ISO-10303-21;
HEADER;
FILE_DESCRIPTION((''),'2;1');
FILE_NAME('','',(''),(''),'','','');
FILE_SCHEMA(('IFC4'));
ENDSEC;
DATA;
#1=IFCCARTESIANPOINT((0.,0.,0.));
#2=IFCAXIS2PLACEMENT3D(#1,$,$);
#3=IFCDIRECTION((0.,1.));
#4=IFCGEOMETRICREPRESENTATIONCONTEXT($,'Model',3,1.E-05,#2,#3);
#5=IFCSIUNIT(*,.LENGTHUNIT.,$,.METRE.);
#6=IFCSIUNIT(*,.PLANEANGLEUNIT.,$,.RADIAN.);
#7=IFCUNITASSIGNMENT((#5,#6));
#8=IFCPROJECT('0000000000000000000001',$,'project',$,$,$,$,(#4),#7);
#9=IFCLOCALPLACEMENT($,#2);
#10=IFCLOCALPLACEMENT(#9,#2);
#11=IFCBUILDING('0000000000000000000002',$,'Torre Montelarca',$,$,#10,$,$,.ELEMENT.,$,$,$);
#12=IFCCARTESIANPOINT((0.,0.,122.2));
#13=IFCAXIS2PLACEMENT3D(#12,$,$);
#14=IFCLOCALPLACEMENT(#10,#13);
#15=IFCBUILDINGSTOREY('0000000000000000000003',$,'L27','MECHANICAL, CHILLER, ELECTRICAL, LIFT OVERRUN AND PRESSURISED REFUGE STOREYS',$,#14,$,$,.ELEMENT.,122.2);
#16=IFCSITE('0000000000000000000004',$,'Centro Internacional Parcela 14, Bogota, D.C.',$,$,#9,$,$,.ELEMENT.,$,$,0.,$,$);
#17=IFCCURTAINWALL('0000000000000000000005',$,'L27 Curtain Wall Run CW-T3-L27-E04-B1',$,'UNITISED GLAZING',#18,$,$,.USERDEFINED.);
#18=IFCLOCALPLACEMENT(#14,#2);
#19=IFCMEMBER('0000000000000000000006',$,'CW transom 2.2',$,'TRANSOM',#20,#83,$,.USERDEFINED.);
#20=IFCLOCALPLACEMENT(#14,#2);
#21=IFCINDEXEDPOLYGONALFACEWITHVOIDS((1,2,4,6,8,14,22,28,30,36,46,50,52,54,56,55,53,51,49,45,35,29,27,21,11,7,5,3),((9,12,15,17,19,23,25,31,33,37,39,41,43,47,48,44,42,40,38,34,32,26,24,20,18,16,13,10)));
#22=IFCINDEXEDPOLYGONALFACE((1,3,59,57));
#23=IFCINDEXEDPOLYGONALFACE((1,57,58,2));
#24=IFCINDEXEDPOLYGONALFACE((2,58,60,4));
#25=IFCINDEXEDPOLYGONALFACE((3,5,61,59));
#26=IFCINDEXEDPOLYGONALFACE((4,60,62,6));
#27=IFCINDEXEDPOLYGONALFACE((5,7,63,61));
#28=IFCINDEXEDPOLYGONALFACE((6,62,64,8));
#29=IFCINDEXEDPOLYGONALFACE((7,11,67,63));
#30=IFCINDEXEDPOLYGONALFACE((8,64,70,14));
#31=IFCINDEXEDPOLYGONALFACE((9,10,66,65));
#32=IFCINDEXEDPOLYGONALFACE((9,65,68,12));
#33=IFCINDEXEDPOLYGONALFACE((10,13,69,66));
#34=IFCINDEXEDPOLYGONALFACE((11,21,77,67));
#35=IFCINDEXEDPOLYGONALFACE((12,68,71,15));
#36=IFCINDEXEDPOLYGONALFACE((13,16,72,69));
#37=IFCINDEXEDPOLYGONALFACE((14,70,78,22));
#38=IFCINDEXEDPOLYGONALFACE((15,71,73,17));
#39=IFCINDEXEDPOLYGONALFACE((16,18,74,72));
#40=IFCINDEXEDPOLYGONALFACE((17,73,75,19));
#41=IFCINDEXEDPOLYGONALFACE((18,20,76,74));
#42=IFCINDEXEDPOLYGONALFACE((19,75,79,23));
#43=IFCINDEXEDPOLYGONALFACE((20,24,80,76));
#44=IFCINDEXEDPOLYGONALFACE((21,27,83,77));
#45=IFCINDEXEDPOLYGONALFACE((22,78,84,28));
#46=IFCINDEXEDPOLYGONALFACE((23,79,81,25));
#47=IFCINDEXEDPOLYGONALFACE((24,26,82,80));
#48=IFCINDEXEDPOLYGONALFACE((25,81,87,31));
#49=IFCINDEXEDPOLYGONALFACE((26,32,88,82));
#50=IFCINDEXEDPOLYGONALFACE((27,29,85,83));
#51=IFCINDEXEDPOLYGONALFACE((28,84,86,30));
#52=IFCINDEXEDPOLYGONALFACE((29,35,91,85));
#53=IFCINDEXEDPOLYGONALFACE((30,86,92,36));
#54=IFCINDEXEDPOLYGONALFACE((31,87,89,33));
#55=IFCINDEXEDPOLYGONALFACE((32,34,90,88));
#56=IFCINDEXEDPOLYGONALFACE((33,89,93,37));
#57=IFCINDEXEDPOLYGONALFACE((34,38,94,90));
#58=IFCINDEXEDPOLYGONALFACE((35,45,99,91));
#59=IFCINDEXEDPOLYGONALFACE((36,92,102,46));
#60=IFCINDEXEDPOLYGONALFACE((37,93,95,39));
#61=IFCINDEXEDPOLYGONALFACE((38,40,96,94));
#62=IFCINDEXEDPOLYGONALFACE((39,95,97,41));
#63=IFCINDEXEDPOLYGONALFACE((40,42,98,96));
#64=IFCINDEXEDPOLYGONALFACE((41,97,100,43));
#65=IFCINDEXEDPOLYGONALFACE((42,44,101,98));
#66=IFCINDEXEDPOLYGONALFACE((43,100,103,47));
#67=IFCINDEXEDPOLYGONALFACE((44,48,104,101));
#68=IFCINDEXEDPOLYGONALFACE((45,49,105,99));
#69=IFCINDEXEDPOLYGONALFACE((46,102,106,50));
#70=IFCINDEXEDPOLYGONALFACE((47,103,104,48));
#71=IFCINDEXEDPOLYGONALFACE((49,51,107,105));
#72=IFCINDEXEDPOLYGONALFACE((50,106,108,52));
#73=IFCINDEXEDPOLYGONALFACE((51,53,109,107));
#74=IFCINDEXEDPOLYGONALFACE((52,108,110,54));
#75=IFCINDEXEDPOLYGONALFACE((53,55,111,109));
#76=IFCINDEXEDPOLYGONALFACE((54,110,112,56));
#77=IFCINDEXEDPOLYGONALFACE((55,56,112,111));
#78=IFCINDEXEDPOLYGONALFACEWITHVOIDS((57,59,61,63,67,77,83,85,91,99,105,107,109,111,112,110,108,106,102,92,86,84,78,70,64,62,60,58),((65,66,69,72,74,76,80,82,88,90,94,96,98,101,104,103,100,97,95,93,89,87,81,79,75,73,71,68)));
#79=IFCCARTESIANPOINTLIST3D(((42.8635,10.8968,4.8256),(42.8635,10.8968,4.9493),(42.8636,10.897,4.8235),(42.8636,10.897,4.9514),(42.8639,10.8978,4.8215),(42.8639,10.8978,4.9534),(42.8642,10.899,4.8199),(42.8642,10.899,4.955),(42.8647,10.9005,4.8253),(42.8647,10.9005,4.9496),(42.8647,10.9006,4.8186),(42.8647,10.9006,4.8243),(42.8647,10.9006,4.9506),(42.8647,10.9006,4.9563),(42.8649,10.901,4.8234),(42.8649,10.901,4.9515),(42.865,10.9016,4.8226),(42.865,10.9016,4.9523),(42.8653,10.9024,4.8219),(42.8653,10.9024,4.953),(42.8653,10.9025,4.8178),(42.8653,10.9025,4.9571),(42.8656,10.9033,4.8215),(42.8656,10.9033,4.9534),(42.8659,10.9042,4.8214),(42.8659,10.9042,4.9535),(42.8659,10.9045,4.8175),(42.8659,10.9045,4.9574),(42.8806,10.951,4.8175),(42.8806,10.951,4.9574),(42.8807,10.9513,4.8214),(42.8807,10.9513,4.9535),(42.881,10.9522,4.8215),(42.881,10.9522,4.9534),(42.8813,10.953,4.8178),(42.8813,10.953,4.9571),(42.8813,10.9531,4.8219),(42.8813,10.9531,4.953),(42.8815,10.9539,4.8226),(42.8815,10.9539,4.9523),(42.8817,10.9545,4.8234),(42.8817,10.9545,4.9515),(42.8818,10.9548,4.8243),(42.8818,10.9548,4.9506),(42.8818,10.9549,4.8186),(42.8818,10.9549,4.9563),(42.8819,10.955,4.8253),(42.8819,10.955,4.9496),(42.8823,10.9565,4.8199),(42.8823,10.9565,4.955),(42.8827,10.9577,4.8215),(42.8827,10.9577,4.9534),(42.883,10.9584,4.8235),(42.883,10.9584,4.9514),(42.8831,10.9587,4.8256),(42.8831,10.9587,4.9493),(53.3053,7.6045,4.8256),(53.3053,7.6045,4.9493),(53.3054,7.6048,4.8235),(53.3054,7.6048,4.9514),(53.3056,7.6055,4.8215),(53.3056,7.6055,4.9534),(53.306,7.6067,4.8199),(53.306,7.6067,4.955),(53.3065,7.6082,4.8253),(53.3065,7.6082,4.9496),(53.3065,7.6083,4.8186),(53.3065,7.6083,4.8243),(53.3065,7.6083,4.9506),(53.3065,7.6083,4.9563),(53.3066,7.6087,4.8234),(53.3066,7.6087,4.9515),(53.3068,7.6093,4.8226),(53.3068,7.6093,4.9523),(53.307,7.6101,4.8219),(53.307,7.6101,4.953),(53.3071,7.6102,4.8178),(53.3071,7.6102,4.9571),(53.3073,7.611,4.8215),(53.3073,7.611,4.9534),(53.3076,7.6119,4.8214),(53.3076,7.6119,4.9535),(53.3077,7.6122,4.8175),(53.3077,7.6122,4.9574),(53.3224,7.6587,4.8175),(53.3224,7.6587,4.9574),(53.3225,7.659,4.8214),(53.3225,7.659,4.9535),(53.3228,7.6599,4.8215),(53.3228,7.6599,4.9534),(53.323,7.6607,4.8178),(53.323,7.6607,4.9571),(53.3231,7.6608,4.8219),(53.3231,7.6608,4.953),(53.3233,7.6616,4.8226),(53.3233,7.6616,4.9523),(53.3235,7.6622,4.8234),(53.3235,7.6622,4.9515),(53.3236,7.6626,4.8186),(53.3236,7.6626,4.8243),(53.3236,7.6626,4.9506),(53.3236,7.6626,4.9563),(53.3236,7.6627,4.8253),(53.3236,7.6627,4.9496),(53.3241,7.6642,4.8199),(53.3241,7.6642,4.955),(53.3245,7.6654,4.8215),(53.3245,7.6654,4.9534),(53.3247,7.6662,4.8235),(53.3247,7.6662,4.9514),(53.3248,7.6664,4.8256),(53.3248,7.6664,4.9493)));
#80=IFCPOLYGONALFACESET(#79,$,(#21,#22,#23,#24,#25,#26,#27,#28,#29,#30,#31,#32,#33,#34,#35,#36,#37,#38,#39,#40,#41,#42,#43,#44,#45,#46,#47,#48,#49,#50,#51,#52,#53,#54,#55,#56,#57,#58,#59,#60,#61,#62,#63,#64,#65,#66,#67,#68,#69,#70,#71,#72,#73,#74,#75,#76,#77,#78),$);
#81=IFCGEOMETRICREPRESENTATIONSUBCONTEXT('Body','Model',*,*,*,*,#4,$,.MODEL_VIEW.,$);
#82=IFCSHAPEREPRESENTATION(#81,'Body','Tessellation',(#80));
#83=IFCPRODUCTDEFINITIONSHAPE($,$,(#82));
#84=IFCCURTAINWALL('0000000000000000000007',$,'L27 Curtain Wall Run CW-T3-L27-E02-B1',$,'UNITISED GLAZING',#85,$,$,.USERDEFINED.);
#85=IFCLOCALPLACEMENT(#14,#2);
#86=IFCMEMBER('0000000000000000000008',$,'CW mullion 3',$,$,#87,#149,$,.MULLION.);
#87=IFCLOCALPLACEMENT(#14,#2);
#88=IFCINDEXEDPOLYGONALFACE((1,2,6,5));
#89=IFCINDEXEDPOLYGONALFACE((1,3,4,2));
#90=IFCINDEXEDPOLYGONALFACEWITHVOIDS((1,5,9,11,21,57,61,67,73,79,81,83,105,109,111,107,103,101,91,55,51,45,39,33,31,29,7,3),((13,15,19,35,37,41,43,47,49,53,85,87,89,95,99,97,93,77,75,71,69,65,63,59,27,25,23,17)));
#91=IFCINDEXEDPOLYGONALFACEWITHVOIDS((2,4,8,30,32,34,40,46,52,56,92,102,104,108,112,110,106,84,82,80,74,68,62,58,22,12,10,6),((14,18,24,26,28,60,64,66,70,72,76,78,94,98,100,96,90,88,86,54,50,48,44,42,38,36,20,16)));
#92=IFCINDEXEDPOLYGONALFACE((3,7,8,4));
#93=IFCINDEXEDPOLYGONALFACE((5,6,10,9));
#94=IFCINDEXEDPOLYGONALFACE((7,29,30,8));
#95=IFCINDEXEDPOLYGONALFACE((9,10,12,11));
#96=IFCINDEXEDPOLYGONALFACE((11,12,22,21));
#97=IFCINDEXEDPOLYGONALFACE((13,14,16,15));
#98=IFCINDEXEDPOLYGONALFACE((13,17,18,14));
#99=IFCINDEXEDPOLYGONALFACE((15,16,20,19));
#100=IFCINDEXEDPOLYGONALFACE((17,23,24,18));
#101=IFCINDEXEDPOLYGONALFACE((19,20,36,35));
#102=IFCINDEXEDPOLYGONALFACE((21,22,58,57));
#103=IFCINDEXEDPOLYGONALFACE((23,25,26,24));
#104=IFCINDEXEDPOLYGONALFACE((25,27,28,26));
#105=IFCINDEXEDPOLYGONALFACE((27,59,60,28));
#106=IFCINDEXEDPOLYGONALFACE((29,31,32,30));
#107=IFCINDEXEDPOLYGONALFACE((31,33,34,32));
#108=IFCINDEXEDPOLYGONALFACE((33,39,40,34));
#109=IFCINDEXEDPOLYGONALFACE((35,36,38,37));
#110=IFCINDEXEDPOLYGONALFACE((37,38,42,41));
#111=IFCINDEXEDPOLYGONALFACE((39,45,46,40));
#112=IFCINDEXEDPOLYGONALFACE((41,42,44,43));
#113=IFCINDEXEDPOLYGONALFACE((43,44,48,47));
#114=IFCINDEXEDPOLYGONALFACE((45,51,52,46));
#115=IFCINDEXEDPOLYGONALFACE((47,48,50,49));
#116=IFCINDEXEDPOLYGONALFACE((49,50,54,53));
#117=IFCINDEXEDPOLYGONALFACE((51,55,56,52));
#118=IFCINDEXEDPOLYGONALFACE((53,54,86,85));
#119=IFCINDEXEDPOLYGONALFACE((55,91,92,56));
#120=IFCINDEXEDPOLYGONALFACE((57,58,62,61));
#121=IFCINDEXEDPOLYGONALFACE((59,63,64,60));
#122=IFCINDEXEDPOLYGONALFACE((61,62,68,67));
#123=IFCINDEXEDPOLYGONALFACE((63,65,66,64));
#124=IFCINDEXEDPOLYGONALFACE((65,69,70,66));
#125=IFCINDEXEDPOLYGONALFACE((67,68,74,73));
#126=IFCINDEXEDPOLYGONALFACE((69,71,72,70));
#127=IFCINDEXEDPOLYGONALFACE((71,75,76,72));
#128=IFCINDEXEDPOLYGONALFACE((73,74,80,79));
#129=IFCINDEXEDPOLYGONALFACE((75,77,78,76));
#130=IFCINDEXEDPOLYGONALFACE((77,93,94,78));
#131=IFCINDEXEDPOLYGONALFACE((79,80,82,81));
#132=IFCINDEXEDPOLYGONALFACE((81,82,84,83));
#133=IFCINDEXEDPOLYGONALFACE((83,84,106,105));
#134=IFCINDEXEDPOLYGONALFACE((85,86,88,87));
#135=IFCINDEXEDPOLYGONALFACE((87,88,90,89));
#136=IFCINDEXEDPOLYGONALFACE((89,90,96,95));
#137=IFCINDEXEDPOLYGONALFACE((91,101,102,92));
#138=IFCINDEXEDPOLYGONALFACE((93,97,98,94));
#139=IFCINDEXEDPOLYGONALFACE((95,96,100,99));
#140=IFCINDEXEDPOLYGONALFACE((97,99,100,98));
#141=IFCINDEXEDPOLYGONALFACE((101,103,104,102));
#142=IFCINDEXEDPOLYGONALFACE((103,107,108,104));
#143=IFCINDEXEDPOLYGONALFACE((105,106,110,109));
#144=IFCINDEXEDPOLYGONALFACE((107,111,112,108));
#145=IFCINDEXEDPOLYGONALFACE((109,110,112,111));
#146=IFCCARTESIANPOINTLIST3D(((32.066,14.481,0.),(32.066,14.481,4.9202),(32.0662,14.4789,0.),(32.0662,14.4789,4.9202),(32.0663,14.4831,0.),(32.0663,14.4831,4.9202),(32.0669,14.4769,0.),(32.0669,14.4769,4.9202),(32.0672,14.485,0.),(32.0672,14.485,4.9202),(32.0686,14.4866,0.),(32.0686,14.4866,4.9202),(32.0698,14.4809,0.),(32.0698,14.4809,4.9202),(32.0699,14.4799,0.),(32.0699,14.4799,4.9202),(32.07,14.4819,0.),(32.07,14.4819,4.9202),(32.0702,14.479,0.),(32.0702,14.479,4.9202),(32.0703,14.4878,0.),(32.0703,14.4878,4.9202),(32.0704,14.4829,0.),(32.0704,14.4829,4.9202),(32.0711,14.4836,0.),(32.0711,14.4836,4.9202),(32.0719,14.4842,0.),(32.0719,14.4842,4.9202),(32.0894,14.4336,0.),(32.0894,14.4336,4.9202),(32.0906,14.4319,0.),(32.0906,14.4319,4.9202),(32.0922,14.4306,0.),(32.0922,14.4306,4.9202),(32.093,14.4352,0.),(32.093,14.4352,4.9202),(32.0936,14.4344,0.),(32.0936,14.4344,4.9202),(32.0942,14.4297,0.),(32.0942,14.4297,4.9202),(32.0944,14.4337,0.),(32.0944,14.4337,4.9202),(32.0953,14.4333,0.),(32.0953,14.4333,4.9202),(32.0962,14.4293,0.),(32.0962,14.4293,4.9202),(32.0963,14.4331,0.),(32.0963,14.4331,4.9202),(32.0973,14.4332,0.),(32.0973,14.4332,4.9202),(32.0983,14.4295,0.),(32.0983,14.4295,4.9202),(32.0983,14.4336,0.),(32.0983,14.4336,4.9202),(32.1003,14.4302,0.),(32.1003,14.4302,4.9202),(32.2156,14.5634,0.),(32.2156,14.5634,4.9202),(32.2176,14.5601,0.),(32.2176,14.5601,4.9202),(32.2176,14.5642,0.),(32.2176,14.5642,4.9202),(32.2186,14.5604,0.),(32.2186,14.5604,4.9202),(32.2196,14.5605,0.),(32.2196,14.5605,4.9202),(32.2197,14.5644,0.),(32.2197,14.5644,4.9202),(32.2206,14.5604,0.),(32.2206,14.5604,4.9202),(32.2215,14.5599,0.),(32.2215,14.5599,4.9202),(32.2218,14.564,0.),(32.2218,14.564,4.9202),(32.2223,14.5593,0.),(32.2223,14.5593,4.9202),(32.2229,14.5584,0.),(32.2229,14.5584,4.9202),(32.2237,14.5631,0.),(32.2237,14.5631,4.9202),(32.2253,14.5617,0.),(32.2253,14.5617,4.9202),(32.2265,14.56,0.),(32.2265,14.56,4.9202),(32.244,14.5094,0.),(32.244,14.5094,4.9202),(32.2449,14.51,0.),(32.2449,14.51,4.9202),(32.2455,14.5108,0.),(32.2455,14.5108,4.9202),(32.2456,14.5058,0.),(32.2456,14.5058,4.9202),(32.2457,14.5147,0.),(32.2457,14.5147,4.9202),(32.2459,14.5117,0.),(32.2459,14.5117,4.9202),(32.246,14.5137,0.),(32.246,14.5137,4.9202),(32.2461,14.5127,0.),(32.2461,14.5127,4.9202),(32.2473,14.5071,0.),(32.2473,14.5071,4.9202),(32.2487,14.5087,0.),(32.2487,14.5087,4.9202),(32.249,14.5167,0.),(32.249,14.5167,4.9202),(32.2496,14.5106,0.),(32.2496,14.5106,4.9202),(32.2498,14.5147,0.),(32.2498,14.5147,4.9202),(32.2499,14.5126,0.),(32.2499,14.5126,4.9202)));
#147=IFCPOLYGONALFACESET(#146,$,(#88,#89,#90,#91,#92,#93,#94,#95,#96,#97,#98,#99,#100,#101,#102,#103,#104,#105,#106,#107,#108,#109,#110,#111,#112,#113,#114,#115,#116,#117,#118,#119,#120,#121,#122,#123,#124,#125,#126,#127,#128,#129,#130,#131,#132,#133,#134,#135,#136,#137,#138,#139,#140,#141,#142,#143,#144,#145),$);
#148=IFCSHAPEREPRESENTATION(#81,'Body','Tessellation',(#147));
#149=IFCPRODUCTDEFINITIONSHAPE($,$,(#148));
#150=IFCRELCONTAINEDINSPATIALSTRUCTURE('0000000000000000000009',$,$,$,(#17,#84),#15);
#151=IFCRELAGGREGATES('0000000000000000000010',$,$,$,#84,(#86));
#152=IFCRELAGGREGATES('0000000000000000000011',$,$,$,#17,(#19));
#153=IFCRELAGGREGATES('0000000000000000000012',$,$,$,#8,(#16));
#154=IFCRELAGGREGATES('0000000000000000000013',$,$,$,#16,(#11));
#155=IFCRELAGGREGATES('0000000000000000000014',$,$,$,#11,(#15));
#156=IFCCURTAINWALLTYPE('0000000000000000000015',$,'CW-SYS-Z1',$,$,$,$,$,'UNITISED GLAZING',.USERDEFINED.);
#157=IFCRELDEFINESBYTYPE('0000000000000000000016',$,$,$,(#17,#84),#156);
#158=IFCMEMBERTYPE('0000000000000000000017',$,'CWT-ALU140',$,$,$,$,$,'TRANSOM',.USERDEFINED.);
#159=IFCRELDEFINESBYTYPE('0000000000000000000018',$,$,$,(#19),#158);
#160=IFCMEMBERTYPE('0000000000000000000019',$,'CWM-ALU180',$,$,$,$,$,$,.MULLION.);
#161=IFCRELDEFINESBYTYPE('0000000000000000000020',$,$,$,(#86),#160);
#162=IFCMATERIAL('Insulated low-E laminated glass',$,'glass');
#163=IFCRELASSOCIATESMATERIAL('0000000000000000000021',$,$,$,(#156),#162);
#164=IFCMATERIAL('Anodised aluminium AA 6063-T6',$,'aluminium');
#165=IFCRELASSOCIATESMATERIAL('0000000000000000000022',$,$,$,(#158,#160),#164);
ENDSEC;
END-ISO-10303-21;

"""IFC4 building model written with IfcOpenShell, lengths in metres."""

from ifc_helpers import new_model, si_unit, direction, frame, origin, origin_2d, place, context, subcontext, project, spatial, hollow_rectangle, extrude, source, transform, mapped, material, material_profile, profile_set, type_object, element, aggregate, save


model = new_model("IFC4")

# Units and contexts
model_context = context("Model", 3, precision=1e-05, world=origin(), true_north=direction((0.0, 1.0)))
body_context = subcontext(model_context, "Body", "Model", "MODEL_VIEW")
ifc_project = project(units=[si_unit("LENGTHUNIT", "METRE"), si_unit("PLANEANGLEUNIT", "RADIAN")], contexts=[model_context])

# Site, building, storey
site_placement = place(None, origin())
site = spatial("IfcSite", under=ifc_project, at=site_placement, Name="Centro Internacional Parcela 14, Bogota, D.C.", CompositionType="ELEMENT", RefElevation=0.0)
building_placement = place(site_placement, origin())
building = spatial("IfcBuilding", under=site, at=building_placement, Name="Torre Montelarca", CompositionType="ELEMENT")
storey_placement = place(building_placement, frame((0.0, 0.0, 122.2)))
storey = spatial("IfcBuildingStorey", under=building, at=storey_placement, Name="L27", Description="MECHANICAL, CHILLER, ELECTRICAL, LIFT OVERRUN AND PRESSURISED REFUGE STOREYS", CompositionType="ELEMENT", Elevation=122.2)

# Curtain wall, member
ifc_material_1 = material(Name="Insulated low-E laminated glass", Category="glass")
curtain_wall_type = type_object("IfcCurtainWallType", Name="CW-SYS-Z1", ElementType="UNITISED GLAZING", PredefinedType="USERDEFINED", material=ifc_material_1)
curtain_wall_1_placement = place(storey_placement, origin())
curtain_wall_1 = element("IfcCurtainWall", 1, at=curtain_wall_1_placement, inside=storey, type_object=curtain_wall_type, Name="L27 Curtain Wall Run CW-T3-L27-E04-B1", ObjectType="UNITISED GLAZING", PredefinedType="USERDEFINED")
ifc_material_2 = material(Name="Anodised aluminium AA 6063-T6", Category="aluminium")
ifc_material_profile_1 = material_profile(ifc_material_2, hollow_rectangle(XDim=0.0649, YDim=0.1399, WallThickness=0.0039, InnerFilletRadius=0.0039, OuterFilletRadius=0.0081, at=origin_2d()), Name="ALU65X140X4", Category="aluminium")
ifc_profile_set_1 = profile_set([ifc_material_profile_1], Name="Anodised aluminium AA 6063-T6")
member_type_1 = type_object("IfcMemberType", Name="CWT-ALU140", ElementType="TRANSOM", PredefinedType="USERDEFINED", material=ifc_profile_set_1)
shared_shape_1 = source(origin(), body_context, "Body", "SweptSolid", [
    extrude(hollow_rectangle(XDim=0.0649, YDim=0.1399, WallThickness=0.0039, InnerFilletRadius=0.0039, OuterFilletRadius=0.0081, at=origin_2d()), origin(), (0.0, 0.0, 1.0), 10.9485),
])
member_1_placement = place(storey_placement, frame((42.8733, 10.9277, 4.8875), z_axis=(0.953717, -0.300706, 0.0), x_axis=(0.300706, 0.953717, 0.0)))
member_1 = element("IfcMember", 2, at=member_1_placement, type_object=member_type_1, Name="CW transom 2.2", ObjectType="TRANSOM", PredefinedType="USERDEFINED", context=body_context, shape_type="MappedRepresentation", body=[
    mapped(shared_shape_1, transform((0.0, 0.0, 0.0), scale=1.0)),
])

# Curtain wall, member
curtain_wall_2_placement = place(storey_placement, origin())
curtain_wall_2 = element("IfcCurtainWall", 3, at=curtain_wall_2_placement, inside=storey, type_object=curtain_wall_type, Name="L27 Curtain Wall Run CW-T3-L27-E02-B1", ObjectType="UNITISED GLAZING", PredefinedType="USERDEFINED")
ifc_material_profile_2 = material_profile(ifc_material_2, hollow_rectangle(XDim=0.0649, YDim=0.1799, WallThickness=0.0039, InnerFilletRadius=0.0039, OuterFilletRadius=0.0081, at=origin_2d()), Name="ALU65X180X4", Category="aluminium")
ifc_profile_set_2 = profile_set([ifc_material_profile_2], Name="Anodised aluminium AA 6063-T6")
member_type_2 = type_object("IfcMemberType", Name="CWM-ALU180", PredefinedType="MULLION", material=ifc_profile_set_2)
shared_shape_2 = source(origin(), body_context, "Body", "SweptSolid", [
    extrude(hollow_rectangle(XDim=0.0649, YDim=0.1799, WallThickness=0.0039, InnerFilletRadius=0.0039, OuterFilletRadius=0.0081, at=origin_2d()), origin(), (0.0, 0.0, 1.0), 4.9202),
])
member_2_placement = place(storey_placement, frame((32.158, 14.4968, 0.0), z_axis=(0.0, 0.0, 1.0), x_axis=(-0.461741, 0.887015, 0.0)))
member_2 = element("IfcMember", 4, at=member_2_placement, type_object=member_type_2, Name="CW mullion 3", PredefinedType="MULLION", context=body_context, shape_type="MappedRepresentation", body=[
    mapped(shared_shape_2, transform((0.0, 0.0, 0.0), scale=1.0)),
])

aggregate(curtain_wall_2, [member_2])
aggregate(curtain_wall_1, [member_1])

save(model, "model.ifc")
